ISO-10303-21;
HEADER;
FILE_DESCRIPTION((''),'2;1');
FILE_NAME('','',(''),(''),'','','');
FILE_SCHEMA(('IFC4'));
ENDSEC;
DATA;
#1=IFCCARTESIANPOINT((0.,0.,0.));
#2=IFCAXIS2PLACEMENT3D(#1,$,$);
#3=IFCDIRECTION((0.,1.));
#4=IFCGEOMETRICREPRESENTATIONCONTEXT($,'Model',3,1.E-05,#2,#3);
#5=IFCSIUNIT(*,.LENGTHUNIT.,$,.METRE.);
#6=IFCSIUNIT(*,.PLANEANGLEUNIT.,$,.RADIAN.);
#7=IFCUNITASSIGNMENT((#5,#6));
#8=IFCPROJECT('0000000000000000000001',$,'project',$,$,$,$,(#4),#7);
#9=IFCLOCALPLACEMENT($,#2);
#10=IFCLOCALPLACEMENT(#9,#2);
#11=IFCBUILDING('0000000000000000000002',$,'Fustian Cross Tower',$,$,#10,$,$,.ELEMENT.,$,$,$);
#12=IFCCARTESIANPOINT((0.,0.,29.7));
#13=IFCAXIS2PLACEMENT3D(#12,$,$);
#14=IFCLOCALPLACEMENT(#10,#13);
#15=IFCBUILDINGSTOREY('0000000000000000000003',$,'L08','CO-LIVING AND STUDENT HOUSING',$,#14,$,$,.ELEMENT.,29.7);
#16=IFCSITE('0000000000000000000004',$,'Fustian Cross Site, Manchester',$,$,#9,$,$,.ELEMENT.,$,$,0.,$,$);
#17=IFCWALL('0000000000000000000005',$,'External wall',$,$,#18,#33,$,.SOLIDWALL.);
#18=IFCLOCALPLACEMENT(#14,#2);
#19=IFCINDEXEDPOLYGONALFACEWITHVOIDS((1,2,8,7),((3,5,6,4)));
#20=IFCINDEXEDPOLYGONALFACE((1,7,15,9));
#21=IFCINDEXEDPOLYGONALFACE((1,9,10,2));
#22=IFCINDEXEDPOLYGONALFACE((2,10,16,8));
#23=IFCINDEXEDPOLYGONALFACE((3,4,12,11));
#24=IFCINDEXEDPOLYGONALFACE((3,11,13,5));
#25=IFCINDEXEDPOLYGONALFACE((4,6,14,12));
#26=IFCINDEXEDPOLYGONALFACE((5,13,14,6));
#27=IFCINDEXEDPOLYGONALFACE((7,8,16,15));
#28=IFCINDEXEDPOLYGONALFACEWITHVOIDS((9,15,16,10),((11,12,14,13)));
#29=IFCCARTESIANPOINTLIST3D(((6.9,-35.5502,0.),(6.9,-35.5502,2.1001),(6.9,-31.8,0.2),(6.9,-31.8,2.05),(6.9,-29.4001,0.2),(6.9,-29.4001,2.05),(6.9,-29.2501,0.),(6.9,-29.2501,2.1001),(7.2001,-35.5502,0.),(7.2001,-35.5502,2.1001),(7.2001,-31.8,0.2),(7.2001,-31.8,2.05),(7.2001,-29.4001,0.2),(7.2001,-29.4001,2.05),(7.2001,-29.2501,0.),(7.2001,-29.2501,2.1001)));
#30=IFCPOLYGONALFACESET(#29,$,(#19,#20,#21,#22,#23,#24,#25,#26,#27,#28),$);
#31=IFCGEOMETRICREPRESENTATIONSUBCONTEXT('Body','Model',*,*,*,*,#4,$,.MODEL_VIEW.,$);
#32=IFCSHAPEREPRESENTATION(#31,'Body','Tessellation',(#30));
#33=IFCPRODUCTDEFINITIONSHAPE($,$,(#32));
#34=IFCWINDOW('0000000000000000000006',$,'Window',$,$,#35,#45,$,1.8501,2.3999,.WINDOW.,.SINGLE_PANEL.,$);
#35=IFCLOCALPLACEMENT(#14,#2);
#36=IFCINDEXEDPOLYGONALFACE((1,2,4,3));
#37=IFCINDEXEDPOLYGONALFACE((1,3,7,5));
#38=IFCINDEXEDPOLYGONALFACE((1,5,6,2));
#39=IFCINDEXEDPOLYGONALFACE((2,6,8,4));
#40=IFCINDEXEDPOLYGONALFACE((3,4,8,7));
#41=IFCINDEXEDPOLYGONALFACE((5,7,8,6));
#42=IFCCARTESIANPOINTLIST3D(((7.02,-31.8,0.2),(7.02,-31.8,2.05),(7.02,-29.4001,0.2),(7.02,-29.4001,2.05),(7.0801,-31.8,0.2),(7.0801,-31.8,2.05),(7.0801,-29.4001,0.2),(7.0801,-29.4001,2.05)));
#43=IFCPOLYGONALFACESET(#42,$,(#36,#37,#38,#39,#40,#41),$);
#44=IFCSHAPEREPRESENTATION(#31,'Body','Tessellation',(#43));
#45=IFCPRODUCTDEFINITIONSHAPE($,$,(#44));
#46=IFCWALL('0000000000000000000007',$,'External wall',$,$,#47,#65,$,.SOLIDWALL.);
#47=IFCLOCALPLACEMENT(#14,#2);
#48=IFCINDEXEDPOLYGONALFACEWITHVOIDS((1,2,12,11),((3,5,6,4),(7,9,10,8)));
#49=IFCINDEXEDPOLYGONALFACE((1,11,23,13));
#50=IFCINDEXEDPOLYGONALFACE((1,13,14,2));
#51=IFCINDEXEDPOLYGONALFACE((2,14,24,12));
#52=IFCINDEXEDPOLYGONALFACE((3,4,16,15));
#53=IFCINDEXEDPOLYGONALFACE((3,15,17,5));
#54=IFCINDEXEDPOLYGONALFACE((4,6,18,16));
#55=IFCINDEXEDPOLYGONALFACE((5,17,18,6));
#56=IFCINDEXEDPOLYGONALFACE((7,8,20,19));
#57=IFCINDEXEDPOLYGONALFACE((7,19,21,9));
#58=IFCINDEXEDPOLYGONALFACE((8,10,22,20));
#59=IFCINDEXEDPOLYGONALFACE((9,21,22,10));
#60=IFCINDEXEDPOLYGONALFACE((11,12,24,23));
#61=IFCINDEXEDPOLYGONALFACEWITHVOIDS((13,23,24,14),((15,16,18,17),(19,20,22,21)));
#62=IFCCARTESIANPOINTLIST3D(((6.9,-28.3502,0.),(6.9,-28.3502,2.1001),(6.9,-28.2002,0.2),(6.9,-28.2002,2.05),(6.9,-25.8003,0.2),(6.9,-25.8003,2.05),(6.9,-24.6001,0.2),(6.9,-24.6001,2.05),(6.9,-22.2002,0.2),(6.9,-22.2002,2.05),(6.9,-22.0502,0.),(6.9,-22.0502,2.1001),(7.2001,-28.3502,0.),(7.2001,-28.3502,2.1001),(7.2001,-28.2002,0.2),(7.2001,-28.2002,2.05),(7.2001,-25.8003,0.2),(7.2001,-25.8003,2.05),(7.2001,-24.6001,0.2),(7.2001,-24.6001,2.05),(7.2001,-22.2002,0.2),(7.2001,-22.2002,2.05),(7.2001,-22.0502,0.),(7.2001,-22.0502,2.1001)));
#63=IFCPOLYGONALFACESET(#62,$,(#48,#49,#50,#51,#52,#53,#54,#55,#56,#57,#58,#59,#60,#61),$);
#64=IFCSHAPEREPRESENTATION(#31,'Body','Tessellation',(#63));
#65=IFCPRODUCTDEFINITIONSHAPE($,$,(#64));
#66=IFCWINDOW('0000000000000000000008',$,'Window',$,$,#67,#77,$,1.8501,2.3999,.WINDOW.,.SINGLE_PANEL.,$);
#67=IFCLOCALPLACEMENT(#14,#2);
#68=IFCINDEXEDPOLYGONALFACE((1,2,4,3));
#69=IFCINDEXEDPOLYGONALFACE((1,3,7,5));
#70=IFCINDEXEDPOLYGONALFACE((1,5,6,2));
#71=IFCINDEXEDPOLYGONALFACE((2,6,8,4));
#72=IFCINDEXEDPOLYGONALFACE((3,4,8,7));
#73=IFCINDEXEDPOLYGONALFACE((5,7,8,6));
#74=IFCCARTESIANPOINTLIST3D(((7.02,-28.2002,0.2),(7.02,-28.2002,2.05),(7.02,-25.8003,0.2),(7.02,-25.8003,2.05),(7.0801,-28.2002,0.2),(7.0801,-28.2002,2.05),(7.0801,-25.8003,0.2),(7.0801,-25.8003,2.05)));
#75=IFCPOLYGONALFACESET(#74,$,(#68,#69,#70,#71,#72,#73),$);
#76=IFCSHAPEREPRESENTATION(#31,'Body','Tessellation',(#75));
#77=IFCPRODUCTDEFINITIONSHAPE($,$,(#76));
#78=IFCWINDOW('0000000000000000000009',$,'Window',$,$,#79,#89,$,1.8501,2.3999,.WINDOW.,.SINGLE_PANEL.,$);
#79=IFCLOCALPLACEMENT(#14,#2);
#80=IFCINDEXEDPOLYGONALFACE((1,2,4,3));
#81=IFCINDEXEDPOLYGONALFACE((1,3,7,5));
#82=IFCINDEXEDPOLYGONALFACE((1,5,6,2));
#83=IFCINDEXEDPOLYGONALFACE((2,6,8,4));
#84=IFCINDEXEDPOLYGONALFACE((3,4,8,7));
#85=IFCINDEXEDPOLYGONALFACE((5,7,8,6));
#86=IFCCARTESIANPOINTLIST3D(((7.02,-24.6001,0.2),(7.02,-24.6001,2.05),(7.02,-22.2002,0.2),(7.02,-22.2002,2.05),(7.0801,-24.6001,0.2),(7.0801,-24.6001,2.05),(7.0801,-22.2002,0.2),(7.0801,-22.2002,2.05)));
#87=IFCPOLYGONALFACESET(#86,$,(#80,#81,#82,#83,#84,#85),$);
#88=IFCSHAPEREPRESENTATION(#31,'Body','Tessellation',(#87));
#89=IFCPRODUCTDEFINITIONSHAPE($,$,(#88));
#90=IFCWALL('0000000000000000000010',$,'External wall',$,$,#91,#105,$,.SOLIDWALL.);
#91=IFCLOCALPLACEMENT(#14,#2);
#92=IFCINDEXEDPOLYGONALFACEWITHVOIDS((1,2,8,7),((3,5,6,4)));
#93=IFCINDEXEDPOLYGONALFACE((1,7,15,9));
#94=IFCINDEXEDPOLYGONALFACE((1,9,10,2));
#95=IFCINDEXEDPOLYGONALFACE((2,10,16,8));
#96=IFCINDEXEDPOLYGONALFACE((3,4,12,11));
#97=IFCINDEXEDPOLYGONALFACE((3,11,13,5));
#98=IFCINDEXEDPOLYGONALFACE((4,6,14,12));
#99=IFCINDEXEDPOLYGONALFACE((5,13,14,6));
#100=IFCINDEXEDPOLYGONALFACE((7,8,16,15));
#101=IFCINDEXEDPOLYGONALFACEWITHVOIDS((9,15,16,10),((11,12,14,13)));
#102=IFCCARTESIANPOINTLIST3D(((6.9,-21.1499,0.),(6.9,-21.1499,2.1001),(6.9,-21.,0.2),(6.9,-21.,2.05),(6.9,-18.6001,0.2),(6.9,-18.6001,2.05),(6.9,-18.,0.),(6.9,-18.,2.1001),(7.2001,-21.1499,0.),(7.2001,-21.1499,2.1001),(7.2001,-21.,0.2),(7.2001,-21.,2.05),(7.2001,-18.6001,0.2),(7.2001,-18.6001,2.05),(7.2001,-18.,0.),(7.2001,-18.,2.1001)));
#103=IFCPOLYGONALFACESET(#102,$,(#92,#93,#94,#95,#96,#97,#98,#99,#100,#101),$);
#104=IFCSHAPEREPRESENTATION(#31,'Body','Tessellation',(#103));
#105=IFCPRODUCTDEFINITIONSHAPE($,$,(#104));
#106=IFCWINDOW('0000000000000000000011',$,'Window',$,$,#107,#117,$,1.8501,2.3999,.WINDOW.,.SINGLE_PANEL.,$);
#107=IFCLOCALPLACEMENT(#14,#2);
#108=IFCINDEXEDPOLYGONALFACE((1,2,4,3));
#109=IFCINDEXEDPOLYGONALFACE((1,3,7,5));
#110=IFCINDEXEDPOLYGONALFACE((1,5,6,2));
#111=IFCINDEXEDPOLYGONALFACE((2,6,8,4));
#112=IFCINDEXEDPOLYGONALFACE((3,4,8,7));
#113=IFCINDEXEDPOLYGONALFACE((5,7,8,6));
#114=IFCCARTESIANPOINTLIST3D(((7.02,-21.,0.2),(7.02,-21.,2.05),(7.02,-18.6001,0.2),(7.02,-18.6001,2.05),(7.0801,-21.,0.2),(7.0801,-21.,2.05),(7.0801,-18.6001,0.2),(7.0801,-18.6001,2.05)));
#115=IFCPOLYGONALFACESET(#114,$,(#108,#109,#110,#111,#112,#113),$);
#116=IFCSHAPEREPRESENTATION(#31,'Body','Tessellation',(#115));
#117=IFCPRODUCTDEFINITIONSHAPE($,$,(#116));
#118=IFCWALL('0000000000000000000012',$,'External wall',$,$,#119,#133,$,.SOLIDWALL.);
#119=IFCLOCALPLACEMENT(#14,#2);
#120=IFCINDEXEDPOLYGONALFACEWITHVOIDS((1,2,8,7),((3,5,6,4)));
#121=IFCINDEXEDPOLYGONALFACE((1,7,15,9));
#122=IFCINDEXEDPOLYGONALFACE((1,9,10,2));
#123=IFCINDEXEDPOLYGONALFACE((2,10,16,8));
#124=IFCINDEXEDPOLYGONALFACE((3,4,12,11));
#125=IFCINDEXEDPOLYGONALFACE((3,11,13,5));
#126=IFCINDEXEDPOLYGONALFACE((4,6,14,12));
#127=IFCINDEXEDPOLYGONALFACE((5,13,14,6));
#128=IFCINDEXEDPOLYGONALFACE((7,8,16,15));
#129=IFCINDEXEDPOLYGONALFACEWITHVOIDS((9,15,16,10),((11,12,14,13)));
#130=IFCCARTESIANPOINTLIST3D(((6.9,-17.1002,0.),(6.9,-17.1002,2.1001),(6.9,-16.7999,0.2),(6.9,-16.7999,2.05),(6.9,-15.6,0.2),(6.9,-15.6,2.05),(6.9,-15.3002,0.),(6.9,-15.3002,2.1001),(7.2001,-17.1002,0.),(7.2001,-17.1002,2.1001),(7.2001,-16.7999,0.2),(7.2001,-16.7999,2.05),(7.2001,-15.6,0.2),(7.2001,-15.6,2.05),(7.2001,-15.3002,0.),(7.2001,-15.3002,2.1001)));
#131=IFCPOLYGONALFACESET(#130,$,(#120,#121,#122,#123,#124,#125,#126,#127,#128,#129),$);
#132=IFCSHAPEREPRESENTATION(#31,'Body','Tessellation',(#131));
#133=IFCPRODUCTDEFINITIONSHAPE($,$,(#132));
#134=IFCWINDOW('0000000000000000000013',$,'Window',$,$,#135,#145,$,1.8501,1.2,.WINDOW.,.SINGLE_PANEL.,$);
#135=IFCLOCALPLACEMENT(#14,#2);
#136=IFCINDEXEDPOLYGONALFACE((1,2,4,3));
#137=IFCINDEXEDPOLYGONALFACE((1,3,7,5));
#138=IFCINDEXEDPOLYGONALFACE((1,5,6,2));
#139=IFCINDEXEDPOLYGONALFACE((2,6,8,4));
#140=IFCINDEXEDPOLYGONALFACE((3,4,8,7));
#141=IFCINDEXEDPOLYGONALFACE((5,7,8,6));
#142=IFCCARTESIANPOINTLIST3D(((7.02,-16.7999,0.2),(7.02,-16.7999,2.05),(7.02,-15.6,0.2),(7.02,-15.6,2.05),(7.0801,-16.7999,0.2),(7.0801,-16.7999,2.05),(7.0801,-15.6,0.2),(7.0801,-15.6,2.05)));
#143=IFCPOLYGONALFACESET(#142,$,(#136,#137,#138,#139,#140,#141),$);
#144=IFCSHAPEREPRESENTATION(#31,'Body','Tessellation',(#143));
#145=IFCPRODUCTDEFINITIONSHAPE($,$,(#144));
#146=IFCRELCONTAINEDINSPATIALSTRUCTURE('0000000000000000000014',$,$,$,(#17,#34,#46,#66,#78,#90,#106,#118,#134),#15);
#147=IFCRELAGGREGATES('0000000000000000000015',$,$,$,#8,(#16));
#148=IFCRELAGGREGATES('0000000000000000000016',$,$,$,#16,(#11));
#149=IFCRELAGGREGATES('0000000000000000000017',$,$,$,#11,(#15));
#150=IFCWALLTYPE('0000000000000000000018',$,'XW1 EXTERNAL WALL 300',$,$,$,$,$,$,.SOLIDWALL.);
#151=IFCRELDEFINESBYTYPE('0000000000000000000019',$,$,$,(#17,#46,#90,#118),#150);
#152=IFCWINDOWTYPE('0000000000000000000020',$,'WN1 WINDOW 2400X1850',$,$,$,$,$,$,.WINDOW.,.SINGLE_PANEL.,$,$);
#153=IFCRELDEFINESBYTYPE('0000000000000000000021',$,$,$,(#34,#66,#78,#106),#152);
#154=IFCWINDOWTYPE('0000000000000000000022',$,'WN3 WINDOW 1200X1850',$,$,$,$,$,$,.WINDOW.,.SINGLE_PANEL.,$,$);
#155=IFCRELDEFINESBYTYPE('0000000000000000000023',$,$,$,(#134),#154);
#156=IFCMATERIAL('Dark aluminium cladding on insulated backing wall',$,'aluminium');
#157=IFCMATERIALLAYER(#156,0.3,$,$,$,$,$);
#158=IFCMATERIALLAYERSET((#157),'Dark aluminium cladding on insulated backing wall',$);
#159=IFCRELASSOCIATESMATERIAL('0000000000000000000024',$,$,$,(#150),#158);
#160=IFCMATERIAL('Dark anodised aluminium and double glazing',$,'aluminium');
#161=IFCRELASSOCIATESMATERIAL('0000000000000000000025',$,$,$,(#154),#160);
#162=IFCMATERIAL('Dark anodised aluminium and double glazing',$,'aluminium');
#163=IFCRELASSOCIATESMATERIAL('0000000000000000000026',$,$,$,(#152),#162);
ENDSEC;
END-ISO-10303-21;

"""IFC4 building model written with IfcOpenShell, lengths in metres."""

from ifc_helpers import new_model, si_unit, direction, frame, frame_2d, origin, place, context, subcontext, project, spatial, rectangle, extrude, material, layer, layer_set, type_object, element, fill, save


model = new_model("IFC4")

# Units and contexts
model_context = context("Model", 3, precision=1e-05, world=origin(), true_north=direction((0.0, 1.0)))
body_context = subcontext(model_context, "Body", "Model", "MODEL_VIEW")
ifc_project = project(units=[si_unit("LENGTHUNIT", "METRE"), si_unit("PLANEANGLEUNIT", "RADIAN")], contexts=[model_context])

# Site, building, storey
site_placement = place(None, origin())
site = spatial("IfcSite", under=ifc_project, at=site_placement, Name="Fustian Cross Site, Manchester", CompositionType="ELEMENT", RefElevation=0.0)
building_placement = place(site_placement, origin())
building = spatial("IfcBuilding", under=site, at=building_placement, Name="Fustian Cross Tower", CompositionType="ELEMENT")
storey_placement = place(building_placement, frame((0.0, 0.0, 29.7)))
storey = spatial("IfcBuildingStorey", under=building, at=storey_placement, Name="L08", Description="CO-LIVING AND STUDENT HOUSING", CompositionType="ELEMENT", Elevation=29.7)

# Wall, opening, window
ifc_material_1 = material(Name="Dark aluminium cladding on insulated backing wall", Category="aluminium")
ifc_layer_1 = layer(ifc_material_1, 0.3)
ifc_layer_set_1 = layer_set([ifc_layer_1], Name="Dark aluminium cladding on insulated backing wall")
wall_type_1 = type_object("IfcWallType", Name="XW1 EXTERNAL WALL 300", PredefinedType="SOLIDWALL", material=ifc_layer_set_1)
ifc_material_2 = material(Name="Dark anodised aluminium and double glazing", Category="aluminium")
window_type_1 = type_object("IfcWindowType", Name="WN3 WINDOW 1200X1850", PartitioningType="SINGLE_PANEL", PredefinedType="WINDOW", material=ifc_material_2)
wall_1_placement = place(storey_placement, frame((7.05, -35.55, 0.0), z_axis=(0.0, 0.0, 1.0), x_axis=(0.0, 1.0, 0.0)))
wall_1 = element("IfcWall", 1, at=wall_1_placement, inside=storey, type_object=wall_type_1, Name="External wall", PredefinedType="SOLIDWALL", context=body_context, shape_type="SweptSolid", body=[
    extrude(rectangle(XDim=6.3, YDim=0.3, at=frame_2d((3.1499, 0.0))), origin(), (0.0, 0.0, 1.0), 2.1001),
])
opening_1_placement = place(wall_1_placement, frame((3.75, 0.0, 0.2)))
opening_1 = element("IfcOpeningElement", 2, at=opening_1_placement, cuts=wall_1, PredefinedType="OPENING", context=body_context, shape_type="SweptSolid", body=[
    extrude(rectangle(XDim=2.3999, YDim=1.8501, at=frame_2d((1.2, 0.925))), frame((0.0, 0.1599, 0.0), z_axis=(0.0, -1.0, 0.0), x_axis=(1.0, 0.0, 0.0)), (0.0, 0.0, 1.0), 0.3201),
])
ifc_material_3 = material(Name="Dark anodised aluminium and double glazing", Category="aluminium")
window_type_2 = type_object("IfcWindowType", Name="WN1 WINDOW 2400X1850", PartitioningType="SINGLE_PANEL", PredefinedType="WINDOW", material=ifc_material_3)
window_1_placement = place(opening_1_placement, origin())
window_1 = element("IfcWindow", 3, at=window_1_placement, inside=storey, type_object=window_type_2, Name="Window", OverallHeight=1.8501, OverallWidth=2.3999, PartitioningType="SINGLE_PANEL", PredefinedType="WINDOW", context=body_context, shape_type="SweptSolid", body=[
    extrude(rectangle(XDim=2.3999, YDim=1.8501, at=frame_2d((1.2, 0.925))), frame((0.0, 0.03, 0.0), z_axis=(0.0, -1.0, 0.0), x_axis=(1.0, 0.0, 0.0)), (0.0, 0.0, 1.0), 0.0601),
])
fill(opening_1, window_1)

# Wall, openings, windows
wall_2_placement = place(storey_placement, frame((7.05, -28.3501, 0.0), z_axis=(0.0, 0.0, 1.0), x_axis=(0.0, 1.0, 0.0)))
wall_2 = element("IfcWall", 4, at=wall_2_placement, inside=storey, type_object=wall_type_1, Name="External wall", PredefinedType="SOLIDWALL", context=body_context, shape_type="SweptSolid", body=[
    extrude(rectangle(XDim=6.3, YDim=0.3, at=frame_2d((3.1499, 0.0))), origin(), (0.0, 0.0, 1.0), 2.1001),
])
opening_2_placement = place(wall_2_placement, frame((0.1499, 0.0, 0.2)))
opening_2 = element("IfcOpeningElement", 5, at=opening_2_placement, cuts=wall_2, PredefinedType="OPENING", context=body_context, shape_type="SweptSolid", body=[
    extrude(rectangle(XDim=2.3999, YDim=1.8501, at=frame_2d((1.2, 0.925))), frame((0.0, 0.1599, 0.0), z_axis=(0.0, -1.0, 0.0), x_axis=(1.0, 0.0, 0.0)), (0.0, 0.0, 1.0), 0.3201),
])
opening_3_placement = place(wall_2_placement, frame((3.75, 0.0, 0.2)))
opening_3 = element("IfcOpeningElement", 6, at=opening_3_placement, cuts=wall_2, PredefinedType="OPENING", context=body_context, shape_type="SweptSolid", body=[
    extrude(rectangle(XDim=2.3999, YDim=1.8501, at=frame_2d((1.2, 0.925))), frame((0.0, 0.1599, 0.0), z_axis=(0.0, -1.0, 0.0), x_axis=(1.0, 0.0, 0.0)), (0.0, 0.0, 1.0), 0.3201),
])
window_2_placement = place(opening_2_placement, origin())
window_2 = element("IfcWindow", 7, at=window_2_placement, inside=storey, type_object=window_type_2, Name="Window", OverallHeight=1.8501, OverallWidth=2.3999, PartitioningType="SINGLE_PANEL", PredefinedType="WINDOW", context=body_context, shape_type="SweptSolid", body=[
    extrude(rectangle(XDim=2.3999, YDim=1.8501, at=frame_2d((1.2, 0.925))), frame((0.0, 0.03, 0.0), z_axis=(0.0, -1.0, 0.0), x_axis=(1.0, 0.0, 0.0)), (0.0, 0.0, 1.0), 0.0601),
])
fill(opening_2, window_2)
window_3_placement = place(opening_3_placement, origin())
window_3 = element("IfcWindow", 8, at=window_3_placement, inside=storey, type_object=window_type_2, Name="Window", OverallHeight=1.8501, OverallWidth=2.3999, PartitioningType="SINGLE_PANEL", PredefinedType="WINDOW", context=body_context, shape_type="SweptSolid", body=[
    extrude(rectangle(XDim=2.3999, YDim=1.8501, at=frame_2d((1.2, 0.925))), frame((0.0, 0.03, 0.0), z_axis=(0.0, -1.0, 0.0), x_axis=(1.0, 0.0, 0.0)), (0.0, 0.0, 1.0), 0.0601),
])
fill(opening_3, window_3)

# Walls, openings, windows
wall_3_placement = place(storey_placement, frame((7.05, -21.1499, 0.0), z_axis=(0.0, 0.0, 1.0), x_axis=(0.0, 1.0, 0.0)))
wall_3 = element("IfcWall", 9, at=wall_3_placement, inside=storey, type_object=wall_type_1, Name="External wall", PredefinedType="SOLIDWALL", context=body_context, shape_type="SweptSolid", body=[
    extrude(rectangle(XDim=3.1499, YDim=0.3, at=frame_2d((1.575, 0.0))), origin(), (0.0, 0.0, 1.0), 2.1001),
])
opening_4_placement = place(wall_3_placement, frame((0.1499, 0.0, 0.2)))
opening_4 = element("IfcOpeningElement", 10, at=opening_4_placement, cuts=wall_3, PredefinedType="OPENING", context=body_context, shape_type="SweptSolid", body=[
    extrude(rectangle(XDim=2.3999, YDim=1.8501, at=frame_2d((1.2, 0.925))), frame((0.0, 0.1599, 0.0), z_axis=(0.0, -1.0, 0.0), x_axis=(1.0, 0.0, 0.0)), (0.0, 0.0, 1.0), 0.3201),
])
window_4_placement = place(opening_4_placement, origin())
window_4 = element("IfcWindow", 11, at=window_4_placement, inside=storey, type_object=window_type_2, Name="Window", OverallHeight=1.8501, OverallWidth=2.3999, PartitioningType="SINGLE_PANEL", PredefinedType="WINDOW", context=body_context, shape_type="SweptSolid", body=[
    extrude(rectangle(XDim=2.3999, YDim=1.8501, at=frame_2d((1.2, 0.925))), frame((0.0, 0.03, 0.0), z_axis=(0.0, -1.0, 0.0), x_axis=(1.0, 0.0, 0.0)), (0.0, 0.0, 1.0), 0.0601),
])
fill(opening_4, window_4)
wall_4_placement = place(storey_placement, frame((7.05, -17.1001, 0.0), z_axis=(0.0, 0.0, 1.0), x_axis=(0.0, 1.0, 0.0)))
wall_4 = element("IfcWall", 12, at=wall_4_placement, inside=storey, type_object=wall_type_1, Name="External wall", PredefinedType="SOLIDWALL", context=body_context, shape_type="SweptSolid", body=[
    extrude(rectangle(XDim=1.8, YDim=0.3, at=frame_2d((0.8999, 0.0))), origin(), (0.0, 0.0, 1.0), 2.1001),
])
opening_5_placement = place(wall_4_placement, frame((0.3, 0.0, 0.2)))
opening_5 = element("IfcOpeningElement", 13, at=opening_5_placement, cuts=wall_4, PredefinedType="OPENING", context=body_context, shape_type="SweptSolid", body=[
    extrude(rectangle(XDim=1.2, YDim=1.8501, at=frame_2d((0.6001, 0.925))), frame((0.0, 0.1599, 0.0), z_axis=(0.0, -1.0, 0.0), x_axis=(1.0, 0.0, 0.0)), (0.0, 0.0, 1.0), 0.3201),
])
window_5_placement = place(opening_5_placement, origin())
window_5 = element("IfcWindow", 14, at=window_5_placement, inside=storey, type_object=window_type_1, Name="Window", OverallHeight=1.8501, OverallWidth=1.2, PartitioningType="SINGLE_PANEL", PredefinedType="WINDOW", context=body_context, shape_type="SweptSolid", body=[
    extrude(rectangle(XDim=1.2, YDim=1.8501, at=frame_2d((0.6001, 0.925))), frame((0.0, 0.03, 0.0), z_axis=(0.0, -1.0, 0.0), x_axis=(1.0, 0.0, 0.0)), (0.0, 0.0, 1.0), 0.0601),
])
fill(opening_5, window_5)

save(model, "model.ifc")
